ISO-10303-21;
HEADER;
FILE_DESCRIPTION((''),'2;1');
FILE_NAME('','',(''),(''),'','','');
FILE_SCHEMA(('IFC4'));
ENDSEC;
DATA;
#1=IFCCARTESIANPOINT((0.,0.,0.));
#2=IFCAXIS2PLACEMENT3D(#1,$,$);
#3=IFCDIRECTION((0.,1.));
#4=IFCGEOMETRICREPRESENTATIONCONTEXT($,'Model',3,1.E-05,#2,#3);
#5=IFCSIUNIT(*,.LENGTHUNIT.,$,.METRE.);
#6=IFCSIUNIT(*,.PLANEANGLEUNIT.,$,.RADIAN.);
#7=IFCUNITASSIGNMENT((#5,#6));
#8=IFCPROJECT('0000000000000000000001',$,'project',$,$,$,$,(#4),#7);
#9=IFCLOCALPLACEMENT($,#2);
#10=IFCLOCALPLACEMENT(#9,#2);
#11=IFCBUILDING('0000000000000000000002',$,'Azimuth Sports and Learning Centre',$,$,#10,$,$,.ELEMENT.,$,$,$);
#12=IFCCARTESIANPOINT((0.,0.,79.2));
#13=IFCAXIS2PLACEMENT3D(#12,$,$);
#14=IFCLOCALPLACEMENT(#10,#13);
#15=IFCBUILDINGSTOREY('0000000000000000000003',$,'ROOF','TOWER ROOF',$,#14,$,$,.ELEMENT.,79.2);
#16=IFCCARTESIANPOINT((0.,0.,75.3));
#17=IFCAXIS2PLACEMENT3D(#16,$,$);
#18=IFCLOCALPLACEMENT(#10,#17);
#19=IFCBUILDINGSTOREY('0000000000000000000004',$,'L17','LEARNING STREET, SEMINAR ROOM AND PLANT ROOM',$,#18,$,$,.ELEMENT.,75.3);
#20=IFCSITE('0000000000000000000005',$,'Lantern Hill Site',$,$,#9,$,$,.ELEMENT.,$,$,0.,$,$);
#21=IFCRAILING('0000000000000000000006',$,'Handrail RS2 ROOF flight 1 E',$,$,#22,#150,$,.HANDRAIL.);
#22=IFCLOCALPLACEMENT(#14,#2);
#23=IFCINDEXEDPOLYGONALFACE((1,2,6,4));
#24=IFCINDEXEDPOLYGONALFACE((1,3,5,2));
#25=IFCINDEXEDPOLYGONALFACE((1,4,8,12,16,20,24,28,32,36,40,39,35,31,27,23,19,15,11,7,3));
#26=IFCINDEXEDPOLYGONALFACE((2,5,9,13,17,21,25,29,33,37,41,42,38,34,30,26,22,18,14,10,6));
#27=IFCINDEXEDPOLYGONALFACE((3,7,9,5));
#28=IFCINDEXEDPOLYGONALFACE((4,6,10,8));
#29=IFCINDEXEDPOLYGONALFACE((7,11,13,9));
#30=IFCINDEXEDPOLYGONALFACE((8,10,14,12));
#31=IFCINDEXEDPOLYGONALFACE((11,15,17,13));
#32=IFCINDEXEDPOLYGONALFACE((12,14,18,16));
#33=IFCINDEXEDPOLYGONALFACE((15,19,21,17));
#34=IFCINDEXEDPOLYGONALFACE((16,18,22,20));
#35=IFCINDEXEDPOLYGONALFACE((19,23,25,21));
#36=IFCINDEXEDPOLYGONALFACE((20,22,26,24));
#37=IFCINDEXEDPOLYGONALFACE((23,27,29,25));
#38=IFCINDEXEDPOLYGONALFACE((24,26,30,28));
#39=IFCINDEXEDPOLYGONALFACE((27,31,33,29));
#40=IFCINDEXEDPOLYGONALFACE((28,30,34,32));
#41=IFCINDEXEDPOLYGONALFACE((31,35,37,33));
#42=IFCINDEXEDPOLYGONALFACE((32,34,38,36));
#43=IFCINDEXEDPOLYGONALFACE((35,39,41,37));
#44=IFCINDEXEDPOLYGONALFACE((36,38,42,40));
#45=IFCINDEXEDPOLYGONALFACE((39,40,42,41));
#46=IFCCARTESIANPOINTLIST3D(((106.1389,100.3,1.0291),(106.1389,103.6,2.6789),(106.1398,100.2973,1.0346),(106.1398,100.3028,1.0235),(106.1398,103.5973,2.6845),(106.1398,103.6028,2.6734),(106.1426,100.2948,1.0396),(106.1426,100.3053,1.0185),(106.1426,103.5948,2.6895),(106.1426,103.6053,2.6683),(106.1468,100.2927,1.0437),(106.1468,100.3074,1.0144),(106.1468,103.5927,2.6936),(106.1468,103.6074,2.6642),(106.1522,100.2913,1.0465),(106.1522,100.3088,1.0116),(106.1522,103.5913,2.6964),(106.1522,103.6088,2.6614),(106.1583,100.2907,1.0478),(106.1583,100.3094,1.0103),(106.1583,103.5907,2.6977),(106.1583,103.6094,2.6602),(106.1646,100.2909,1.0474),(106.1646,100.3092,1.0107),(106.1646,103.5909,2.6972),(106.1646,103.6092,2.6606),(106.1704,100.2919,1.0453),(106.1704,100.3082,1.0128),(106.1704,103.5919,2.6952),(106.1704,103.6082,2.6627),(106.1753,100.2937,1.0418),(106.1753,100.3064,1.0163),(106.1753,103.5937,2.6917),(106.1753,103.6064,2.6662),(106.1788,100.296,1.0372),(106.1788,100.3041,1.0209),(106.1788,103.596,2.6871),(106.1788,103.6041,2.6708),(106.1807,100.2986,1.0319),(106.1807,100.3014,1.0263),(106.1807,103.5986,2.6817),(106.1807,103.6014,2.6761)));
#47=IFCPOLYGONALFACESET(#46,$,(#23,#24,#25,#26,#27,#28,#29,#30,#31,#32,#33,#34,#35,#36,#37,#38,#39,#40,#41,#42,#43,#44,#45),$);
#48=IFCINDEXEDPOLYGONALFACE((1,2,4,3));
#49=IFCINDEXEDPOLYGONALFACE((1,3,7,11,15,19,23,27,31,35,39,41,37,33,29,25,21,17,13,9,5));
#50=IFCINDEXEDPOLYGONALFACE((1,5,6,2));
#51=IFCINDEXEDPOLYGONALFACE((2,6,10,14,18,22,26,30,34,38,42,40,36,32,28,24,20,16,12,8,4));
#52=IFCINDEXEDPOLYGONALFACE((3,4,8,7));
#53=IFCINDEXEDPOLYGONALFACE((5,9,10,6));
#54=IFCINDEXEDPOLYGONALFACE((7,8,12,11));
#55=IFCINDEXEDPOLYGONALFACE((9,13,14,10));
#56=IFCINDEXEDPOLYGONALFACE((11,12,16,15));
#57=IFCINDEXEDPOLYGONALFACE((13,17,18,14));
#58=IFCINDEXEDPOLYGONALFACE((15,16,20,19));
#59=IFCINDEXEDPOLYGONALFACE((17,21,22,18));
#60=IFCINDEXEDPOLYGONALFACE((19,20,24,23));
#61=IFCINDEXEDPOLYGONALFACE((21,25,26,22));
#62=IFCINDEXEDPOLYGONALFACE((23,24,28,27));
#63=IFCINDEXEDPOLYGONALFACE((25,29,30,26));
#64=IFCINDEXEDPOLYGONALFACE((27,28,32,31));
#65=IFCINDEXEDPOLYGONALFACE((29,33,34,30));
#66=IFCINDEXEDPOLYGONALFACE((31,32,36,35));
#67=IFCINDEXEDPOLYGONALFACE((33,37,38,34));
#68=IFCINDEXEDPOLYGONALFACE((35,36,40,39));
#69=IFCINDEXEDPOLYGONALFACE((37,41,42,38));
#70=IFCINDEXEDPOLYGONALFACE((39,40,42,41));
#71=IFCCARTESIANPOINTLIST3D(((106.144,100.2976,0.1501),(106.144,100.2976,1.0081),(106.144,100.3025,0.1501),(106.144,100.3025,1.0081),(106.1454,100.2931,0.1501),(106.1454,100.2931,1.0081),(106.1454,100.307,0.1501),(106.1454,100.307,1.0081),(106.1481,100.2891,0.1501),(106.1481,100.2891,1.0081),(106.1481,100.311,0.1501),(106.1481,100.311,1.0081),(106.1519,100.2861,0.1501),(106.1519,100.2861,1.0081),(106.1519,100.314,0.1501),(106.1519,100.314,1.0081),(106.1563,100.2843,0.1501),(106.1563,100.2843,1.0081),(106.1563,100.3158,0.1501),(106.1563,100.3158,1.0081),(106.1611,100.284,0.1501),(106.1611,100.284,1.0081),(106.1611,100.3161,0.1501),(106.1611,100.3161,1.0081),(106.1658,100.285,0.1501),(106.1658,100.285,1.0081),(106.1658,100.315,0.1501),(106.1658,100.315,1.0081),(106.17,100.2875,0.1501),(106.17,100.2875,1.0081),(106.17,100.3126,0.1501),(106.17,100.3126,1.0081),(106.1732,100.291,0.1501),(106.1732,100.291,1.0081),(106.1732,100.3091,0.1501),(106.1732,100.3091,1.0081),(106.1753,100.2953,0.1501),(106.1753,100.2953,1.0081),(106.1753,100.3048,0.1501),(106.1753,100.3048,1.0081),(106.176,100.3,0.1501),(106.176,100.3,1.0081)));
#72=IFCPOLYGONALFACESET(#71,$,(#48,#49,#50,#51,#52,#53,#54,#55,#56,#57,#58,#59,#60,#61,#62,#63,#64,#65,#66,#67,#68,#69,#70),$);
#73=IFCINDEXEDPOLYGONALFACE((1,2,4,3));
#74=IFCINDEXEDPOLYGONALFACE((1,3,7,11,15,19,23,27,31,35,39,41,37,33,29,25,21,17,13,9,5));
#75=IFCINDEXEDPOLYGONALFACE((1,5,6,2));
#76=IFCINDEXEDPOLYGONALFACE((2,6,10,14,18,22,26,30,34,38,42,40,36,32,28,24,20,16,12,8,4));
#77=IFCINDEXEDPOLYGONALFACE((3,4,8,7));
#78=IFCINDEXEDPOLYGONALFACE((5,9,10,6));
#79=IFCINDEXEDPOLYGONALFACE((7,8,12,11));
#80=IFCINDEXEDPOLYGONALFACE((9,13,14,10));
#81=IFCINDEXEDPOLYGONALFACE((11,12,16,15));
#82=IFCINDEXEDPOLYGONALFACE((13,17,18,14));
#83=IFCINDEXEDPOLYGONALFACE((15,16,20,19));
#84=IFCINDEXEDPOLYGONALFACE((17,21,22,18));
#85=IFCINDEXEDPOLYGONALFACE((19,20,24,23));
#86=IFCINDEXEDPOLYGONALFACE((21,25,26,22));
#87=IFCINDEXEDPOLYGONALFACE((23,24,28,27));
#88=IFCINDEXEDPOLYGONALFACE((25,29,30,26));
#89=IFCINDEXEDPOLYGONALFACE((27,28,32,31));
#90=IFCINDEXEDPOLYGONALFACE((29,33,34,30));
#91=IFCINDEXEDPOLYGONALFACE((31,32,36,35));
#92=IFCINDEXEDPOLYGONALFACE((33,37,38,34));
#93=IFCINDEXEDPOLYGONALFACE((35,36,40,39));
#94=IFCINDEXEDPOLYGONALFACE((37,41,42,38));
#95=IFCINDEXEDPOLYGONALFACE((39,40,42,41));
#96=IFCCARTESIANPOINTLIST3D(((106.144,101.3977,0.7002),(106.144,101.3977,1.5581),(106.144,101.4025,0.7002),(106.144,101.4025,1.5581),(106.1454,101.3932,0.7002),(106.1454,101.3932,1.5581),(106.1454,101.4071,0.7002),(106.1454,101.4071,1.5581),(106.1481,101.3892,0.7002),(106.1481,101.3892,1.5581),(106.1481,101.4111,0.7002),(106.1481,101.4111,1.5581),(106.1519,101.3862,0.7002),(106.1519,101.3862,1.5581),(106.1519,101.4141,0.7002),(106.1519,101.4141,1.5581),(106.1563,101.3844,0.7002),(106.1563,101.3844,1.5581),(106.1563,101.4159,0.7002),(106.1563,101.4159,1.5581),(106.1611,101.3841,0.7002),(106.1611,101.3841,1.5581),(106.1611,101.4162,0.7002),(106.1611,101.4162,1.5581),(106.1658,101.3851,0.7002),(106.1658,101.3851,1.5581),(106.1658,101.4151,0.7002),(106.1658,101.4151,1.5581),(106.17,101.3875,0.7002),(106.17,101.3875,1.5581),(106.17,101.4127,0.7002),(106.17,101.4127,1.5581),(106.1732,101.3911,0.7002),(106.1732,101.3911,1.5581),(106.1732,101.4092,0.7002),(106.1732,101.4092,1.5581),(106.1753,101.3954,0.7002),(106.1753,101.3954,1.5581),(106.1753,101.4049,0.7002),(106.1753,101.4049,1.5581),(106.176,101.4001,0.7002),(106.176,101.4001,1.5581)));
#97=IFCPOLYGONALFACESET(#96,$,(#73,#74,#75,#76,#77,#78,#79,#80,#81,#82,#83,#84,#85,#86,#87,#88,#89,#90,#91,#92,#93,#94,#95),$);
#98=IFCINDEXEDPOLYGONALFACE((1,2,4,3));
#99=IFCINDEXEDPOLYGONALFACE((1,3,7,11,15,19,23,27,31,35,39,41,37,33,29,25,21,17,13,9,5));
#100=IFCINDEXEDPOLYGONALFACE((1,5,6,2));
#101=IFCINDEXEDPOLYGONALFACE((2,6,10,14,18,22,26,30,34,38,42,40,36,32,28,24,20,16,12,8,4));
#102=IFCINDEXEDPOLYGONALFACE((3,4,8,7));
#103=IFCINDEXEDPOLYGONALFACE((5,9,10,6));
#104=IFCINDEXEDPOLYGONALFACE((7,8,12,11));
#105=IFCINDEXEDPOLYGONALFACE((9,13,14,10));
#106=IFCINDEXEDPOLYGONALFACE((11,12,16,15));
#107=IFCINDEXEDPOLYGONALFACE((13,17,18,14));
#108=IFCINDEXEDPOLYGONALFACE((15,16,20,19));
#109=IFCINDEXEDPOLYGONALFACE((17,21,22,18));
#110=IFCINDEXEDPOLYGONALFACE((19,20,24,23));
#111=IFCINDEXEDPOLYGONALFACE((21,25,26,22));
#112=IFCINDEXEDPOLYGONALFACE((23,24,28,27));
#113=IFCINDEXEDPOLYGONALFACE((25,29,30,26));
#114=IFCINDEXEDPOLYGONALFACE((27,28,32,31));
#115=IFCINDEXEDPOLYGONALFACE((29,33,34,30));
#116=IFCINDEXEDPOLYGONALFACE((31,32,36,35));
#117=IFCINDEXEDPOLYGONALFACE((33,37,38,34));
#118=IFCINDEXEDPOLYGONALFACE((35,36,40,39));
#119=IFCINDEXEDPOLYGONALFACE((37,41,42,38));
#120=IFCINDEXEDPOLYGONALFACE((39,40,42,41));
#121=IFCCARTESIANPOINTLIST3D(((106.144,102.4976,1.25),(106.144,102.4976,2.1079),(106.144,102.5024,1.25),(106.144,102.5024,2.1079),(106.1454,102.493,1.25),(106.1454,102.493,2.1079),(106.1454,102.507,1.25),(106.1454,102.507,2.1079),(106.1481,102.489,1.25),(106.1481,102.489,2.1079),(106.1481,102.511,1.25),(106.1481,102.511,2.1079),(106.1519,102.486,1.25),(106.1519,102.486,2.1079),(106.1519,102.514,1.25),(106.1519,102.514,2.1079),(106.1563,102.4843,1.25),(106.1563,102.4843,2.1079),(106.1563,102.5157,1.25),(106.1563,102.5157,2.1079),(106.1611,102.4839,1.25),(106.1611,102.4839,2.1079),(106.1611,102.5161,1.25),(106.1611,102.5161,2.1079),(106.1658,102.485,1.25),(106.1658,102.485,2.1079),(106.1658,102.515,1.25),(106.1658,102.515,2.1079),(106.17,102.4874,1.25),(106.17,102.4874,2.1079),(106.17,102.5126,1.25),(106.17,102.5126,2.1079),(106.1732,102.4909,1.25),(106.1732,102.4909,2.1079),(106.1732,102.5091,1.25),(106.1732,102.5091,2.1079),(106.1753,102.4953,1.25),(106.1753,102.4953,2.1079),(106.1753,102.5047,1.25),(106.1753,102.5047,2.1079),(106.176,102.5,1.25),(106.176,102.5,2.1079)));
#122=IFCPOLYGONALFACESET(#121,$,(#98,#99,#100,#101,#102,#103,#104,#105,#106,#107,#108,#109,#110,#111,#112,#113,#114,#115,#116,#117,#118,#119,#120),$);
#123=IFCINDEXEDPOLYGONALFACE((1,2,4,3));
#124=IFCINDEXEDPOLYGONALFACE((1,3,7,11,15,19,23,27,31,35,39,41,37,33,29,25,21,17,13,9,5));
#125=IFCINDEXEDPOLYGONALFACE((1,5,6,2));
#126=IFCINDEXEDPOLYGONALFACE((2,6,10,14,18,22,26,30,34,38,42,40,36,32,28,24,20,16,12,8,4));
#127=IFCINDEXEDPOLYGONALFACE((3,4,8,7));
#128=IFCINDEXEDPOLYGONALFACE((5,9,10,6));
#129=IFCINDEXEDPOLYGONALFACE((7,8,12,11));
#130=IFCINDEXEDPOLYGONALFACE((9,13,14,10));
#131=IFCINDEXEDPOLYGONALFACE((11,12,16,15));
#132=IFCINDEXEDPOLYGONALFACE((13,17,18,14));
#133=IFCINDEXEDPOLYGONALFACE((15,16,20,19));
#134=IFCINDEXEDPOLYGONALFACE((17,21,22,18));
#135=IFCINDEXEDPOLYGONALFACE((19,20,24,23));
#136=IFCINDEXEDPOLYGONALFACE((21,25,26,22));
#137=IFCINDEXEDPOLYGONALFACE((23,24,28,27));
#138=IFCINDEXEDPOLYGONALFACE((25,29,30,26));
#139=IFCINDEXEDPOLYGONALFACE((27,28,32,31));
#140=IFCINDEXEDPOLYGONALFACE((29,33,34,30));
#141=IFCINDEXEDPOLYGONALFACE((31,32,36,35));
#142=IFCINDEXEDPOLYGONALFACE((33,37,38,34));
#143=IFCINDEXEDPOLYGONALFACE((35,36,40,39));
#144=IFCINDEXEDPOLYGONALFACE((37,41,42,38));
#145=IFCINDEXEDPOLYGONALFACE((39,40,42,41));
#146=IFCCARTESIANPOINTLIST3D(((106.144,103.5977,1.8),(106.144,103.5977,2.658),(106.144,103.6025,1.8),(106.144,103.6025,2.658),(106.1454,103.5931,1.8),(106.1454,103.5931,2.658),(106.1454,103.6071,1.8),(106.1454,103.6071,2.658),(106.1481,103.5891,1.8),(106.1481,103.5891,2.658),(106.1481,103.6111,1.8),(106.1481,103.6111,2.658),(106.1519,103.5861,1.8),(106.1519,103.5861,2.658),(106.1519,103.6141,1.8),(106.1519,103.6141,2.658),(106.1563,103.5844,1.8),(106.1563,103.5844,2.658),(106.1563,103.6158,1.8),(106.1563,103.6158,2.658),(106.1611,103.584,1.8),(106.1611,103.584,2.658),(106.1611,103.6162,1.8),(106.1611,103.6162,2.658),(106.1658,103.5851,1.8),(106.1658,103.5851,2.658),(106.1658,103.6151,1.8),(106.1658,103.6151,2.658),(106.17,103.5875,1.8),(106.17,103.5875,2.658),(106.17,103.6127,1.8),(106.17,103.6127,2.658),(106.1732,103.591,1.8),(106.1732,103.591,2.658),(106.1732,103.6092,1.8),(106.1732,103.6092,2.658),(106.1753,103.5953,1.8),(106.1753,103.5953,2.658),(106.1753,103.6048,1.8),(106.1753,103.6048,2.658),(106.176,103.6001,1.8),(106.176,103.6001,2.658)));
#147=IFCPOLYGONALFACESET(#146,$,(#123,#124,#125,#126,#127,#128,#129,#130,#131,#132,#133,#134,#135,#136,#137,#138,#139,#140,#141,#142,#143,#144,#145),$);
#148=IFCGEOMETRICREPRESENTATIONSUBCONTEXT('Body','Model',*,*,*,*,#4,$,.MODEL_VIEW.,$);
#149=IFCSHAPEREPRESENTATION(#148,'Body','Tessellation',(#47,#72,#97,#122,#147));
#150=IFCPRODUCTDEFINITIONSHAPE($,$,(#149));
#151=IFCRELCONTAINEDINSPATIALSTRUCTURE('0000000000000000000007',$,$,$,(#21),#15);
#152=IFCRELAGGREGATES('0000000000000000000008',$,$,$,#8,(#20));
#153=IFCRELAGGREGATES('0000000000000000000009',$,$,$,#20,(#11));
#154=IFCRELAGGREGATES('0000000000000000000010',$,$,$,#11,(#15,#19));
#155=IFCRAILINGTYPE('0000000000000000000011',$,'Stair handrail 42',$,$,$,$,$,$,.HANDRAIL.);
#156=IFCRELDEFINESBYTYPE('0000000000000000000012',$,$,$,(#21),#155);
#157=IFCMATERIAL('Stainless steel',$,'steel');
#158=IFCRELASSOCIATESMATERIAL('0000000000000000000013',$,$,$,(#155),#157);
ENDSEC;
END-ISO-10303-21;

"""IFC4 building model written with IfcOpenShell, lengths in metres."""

from ifc_helpers import new_model, si_unit, direction, frame, origin, origin_2d, place, context, subcontext, project, spatial, circle, extrude, material, type_object, element, save


model = new_model("IFC4")

# Units and contexts
model_context = context("Model", 3, precision=1e-05, world=origin(), true_north=direction((0.0, 1.0)))
body_context = subcontext(model_context, "Body", "Model", "MODEL_VIEW")
ifc_project = project(units=[si_unit("LENGTHUNIT", "METRE"), si_unit("PLANEANGLEUNIT", "RADIAN")], contexts=[model_context])

# Site, building, storey
site_placement = place(None, origin())
site = spatial("IfcSite", under=ifc_project, at=site_placement, Name="Lantern Hill Site", CompositionType="ELEMENT", RefElevation=0.0)
building_placement = place(site_placement, origin())
building = spatial("IfcBuilding", under=site, at=building_placement, Name="Azimuth Sports and Learning Centre", CompositionType="ELEMENT")
storey_1_placement = place(building_placement, frame((0.0, 0.0, 79.2)))
storey_1 = spatial("IfcBuildingStorey", under=building, at=storey_1_placement, Name="ROOF", Description="TOWER ROOF", CompositionType="ELEMENT", Elevation=79.2)

# Shared definitions
storey_2_placement = place(building_placement, frame((0.0, 0.0, 75.3)))
storey_2 = spatial("IfcBuildingStorey", under=building, at=storey_2_placement, Name="L17", Description="LEARNING STREET, SEMINAR ROOM AND PLANT ROOM", CompositionType="ELEMENT", Elevation=75.3)

# Railing
ifc_material_1 = material(Name="Stainless steel", Category="steel")
railing_type_1 = type_object("IfcRailingType", Name="Stair handrail 42", PredefinedType="HANDRAIL", material=ifc_material_1)
for number, where, name in (
    (1, (106.1599, 100.3, 0.1501), "Handrail RS2 ROOF flight 1 E"),
):
    element("IfcRailing", number, at=place(storey_1_placement, frame(where)), inside=storey_1, type_object=railing_type_1, Name=name, PredefinedType="HANDRAIL", context=body_context, shape_type="SweptSolid", body=[
        extrude(circle(Radius=0.021, at=origin_2d()), frame((0.0, 0.0, 0.8789), z_axis=(0.0, 0.89444, 0.447187), x_axis=(-1.0, 0.0, 0.0)), (0.0, 0.0, 1.0), 3.6895),
        extrude(circle(Radius=0.0161, at=origin_2d()), origin(), (0.0, 0.0, 1.0), 0.8579),
        extrude(circle(Radius=0.0161, at=origin_2d()), frame((0.0, 1.1001, 0.55)), (0.0, 0.0, 1.0), 0.8579),
        extrude(circle(Radius=0.0161, at=origin_2d()), frame((0.0, 2.2, 1.0999)), (0.0, 0.0, 1.0), 0.8579),
        extrude(circle(Radius=0.0161, at=origin_2d()), frame((0.0, 3.3, 1.6499)), (0.0, 0.0, 1.0), 0.8579),
    ])

save(model, "model.ifc")
